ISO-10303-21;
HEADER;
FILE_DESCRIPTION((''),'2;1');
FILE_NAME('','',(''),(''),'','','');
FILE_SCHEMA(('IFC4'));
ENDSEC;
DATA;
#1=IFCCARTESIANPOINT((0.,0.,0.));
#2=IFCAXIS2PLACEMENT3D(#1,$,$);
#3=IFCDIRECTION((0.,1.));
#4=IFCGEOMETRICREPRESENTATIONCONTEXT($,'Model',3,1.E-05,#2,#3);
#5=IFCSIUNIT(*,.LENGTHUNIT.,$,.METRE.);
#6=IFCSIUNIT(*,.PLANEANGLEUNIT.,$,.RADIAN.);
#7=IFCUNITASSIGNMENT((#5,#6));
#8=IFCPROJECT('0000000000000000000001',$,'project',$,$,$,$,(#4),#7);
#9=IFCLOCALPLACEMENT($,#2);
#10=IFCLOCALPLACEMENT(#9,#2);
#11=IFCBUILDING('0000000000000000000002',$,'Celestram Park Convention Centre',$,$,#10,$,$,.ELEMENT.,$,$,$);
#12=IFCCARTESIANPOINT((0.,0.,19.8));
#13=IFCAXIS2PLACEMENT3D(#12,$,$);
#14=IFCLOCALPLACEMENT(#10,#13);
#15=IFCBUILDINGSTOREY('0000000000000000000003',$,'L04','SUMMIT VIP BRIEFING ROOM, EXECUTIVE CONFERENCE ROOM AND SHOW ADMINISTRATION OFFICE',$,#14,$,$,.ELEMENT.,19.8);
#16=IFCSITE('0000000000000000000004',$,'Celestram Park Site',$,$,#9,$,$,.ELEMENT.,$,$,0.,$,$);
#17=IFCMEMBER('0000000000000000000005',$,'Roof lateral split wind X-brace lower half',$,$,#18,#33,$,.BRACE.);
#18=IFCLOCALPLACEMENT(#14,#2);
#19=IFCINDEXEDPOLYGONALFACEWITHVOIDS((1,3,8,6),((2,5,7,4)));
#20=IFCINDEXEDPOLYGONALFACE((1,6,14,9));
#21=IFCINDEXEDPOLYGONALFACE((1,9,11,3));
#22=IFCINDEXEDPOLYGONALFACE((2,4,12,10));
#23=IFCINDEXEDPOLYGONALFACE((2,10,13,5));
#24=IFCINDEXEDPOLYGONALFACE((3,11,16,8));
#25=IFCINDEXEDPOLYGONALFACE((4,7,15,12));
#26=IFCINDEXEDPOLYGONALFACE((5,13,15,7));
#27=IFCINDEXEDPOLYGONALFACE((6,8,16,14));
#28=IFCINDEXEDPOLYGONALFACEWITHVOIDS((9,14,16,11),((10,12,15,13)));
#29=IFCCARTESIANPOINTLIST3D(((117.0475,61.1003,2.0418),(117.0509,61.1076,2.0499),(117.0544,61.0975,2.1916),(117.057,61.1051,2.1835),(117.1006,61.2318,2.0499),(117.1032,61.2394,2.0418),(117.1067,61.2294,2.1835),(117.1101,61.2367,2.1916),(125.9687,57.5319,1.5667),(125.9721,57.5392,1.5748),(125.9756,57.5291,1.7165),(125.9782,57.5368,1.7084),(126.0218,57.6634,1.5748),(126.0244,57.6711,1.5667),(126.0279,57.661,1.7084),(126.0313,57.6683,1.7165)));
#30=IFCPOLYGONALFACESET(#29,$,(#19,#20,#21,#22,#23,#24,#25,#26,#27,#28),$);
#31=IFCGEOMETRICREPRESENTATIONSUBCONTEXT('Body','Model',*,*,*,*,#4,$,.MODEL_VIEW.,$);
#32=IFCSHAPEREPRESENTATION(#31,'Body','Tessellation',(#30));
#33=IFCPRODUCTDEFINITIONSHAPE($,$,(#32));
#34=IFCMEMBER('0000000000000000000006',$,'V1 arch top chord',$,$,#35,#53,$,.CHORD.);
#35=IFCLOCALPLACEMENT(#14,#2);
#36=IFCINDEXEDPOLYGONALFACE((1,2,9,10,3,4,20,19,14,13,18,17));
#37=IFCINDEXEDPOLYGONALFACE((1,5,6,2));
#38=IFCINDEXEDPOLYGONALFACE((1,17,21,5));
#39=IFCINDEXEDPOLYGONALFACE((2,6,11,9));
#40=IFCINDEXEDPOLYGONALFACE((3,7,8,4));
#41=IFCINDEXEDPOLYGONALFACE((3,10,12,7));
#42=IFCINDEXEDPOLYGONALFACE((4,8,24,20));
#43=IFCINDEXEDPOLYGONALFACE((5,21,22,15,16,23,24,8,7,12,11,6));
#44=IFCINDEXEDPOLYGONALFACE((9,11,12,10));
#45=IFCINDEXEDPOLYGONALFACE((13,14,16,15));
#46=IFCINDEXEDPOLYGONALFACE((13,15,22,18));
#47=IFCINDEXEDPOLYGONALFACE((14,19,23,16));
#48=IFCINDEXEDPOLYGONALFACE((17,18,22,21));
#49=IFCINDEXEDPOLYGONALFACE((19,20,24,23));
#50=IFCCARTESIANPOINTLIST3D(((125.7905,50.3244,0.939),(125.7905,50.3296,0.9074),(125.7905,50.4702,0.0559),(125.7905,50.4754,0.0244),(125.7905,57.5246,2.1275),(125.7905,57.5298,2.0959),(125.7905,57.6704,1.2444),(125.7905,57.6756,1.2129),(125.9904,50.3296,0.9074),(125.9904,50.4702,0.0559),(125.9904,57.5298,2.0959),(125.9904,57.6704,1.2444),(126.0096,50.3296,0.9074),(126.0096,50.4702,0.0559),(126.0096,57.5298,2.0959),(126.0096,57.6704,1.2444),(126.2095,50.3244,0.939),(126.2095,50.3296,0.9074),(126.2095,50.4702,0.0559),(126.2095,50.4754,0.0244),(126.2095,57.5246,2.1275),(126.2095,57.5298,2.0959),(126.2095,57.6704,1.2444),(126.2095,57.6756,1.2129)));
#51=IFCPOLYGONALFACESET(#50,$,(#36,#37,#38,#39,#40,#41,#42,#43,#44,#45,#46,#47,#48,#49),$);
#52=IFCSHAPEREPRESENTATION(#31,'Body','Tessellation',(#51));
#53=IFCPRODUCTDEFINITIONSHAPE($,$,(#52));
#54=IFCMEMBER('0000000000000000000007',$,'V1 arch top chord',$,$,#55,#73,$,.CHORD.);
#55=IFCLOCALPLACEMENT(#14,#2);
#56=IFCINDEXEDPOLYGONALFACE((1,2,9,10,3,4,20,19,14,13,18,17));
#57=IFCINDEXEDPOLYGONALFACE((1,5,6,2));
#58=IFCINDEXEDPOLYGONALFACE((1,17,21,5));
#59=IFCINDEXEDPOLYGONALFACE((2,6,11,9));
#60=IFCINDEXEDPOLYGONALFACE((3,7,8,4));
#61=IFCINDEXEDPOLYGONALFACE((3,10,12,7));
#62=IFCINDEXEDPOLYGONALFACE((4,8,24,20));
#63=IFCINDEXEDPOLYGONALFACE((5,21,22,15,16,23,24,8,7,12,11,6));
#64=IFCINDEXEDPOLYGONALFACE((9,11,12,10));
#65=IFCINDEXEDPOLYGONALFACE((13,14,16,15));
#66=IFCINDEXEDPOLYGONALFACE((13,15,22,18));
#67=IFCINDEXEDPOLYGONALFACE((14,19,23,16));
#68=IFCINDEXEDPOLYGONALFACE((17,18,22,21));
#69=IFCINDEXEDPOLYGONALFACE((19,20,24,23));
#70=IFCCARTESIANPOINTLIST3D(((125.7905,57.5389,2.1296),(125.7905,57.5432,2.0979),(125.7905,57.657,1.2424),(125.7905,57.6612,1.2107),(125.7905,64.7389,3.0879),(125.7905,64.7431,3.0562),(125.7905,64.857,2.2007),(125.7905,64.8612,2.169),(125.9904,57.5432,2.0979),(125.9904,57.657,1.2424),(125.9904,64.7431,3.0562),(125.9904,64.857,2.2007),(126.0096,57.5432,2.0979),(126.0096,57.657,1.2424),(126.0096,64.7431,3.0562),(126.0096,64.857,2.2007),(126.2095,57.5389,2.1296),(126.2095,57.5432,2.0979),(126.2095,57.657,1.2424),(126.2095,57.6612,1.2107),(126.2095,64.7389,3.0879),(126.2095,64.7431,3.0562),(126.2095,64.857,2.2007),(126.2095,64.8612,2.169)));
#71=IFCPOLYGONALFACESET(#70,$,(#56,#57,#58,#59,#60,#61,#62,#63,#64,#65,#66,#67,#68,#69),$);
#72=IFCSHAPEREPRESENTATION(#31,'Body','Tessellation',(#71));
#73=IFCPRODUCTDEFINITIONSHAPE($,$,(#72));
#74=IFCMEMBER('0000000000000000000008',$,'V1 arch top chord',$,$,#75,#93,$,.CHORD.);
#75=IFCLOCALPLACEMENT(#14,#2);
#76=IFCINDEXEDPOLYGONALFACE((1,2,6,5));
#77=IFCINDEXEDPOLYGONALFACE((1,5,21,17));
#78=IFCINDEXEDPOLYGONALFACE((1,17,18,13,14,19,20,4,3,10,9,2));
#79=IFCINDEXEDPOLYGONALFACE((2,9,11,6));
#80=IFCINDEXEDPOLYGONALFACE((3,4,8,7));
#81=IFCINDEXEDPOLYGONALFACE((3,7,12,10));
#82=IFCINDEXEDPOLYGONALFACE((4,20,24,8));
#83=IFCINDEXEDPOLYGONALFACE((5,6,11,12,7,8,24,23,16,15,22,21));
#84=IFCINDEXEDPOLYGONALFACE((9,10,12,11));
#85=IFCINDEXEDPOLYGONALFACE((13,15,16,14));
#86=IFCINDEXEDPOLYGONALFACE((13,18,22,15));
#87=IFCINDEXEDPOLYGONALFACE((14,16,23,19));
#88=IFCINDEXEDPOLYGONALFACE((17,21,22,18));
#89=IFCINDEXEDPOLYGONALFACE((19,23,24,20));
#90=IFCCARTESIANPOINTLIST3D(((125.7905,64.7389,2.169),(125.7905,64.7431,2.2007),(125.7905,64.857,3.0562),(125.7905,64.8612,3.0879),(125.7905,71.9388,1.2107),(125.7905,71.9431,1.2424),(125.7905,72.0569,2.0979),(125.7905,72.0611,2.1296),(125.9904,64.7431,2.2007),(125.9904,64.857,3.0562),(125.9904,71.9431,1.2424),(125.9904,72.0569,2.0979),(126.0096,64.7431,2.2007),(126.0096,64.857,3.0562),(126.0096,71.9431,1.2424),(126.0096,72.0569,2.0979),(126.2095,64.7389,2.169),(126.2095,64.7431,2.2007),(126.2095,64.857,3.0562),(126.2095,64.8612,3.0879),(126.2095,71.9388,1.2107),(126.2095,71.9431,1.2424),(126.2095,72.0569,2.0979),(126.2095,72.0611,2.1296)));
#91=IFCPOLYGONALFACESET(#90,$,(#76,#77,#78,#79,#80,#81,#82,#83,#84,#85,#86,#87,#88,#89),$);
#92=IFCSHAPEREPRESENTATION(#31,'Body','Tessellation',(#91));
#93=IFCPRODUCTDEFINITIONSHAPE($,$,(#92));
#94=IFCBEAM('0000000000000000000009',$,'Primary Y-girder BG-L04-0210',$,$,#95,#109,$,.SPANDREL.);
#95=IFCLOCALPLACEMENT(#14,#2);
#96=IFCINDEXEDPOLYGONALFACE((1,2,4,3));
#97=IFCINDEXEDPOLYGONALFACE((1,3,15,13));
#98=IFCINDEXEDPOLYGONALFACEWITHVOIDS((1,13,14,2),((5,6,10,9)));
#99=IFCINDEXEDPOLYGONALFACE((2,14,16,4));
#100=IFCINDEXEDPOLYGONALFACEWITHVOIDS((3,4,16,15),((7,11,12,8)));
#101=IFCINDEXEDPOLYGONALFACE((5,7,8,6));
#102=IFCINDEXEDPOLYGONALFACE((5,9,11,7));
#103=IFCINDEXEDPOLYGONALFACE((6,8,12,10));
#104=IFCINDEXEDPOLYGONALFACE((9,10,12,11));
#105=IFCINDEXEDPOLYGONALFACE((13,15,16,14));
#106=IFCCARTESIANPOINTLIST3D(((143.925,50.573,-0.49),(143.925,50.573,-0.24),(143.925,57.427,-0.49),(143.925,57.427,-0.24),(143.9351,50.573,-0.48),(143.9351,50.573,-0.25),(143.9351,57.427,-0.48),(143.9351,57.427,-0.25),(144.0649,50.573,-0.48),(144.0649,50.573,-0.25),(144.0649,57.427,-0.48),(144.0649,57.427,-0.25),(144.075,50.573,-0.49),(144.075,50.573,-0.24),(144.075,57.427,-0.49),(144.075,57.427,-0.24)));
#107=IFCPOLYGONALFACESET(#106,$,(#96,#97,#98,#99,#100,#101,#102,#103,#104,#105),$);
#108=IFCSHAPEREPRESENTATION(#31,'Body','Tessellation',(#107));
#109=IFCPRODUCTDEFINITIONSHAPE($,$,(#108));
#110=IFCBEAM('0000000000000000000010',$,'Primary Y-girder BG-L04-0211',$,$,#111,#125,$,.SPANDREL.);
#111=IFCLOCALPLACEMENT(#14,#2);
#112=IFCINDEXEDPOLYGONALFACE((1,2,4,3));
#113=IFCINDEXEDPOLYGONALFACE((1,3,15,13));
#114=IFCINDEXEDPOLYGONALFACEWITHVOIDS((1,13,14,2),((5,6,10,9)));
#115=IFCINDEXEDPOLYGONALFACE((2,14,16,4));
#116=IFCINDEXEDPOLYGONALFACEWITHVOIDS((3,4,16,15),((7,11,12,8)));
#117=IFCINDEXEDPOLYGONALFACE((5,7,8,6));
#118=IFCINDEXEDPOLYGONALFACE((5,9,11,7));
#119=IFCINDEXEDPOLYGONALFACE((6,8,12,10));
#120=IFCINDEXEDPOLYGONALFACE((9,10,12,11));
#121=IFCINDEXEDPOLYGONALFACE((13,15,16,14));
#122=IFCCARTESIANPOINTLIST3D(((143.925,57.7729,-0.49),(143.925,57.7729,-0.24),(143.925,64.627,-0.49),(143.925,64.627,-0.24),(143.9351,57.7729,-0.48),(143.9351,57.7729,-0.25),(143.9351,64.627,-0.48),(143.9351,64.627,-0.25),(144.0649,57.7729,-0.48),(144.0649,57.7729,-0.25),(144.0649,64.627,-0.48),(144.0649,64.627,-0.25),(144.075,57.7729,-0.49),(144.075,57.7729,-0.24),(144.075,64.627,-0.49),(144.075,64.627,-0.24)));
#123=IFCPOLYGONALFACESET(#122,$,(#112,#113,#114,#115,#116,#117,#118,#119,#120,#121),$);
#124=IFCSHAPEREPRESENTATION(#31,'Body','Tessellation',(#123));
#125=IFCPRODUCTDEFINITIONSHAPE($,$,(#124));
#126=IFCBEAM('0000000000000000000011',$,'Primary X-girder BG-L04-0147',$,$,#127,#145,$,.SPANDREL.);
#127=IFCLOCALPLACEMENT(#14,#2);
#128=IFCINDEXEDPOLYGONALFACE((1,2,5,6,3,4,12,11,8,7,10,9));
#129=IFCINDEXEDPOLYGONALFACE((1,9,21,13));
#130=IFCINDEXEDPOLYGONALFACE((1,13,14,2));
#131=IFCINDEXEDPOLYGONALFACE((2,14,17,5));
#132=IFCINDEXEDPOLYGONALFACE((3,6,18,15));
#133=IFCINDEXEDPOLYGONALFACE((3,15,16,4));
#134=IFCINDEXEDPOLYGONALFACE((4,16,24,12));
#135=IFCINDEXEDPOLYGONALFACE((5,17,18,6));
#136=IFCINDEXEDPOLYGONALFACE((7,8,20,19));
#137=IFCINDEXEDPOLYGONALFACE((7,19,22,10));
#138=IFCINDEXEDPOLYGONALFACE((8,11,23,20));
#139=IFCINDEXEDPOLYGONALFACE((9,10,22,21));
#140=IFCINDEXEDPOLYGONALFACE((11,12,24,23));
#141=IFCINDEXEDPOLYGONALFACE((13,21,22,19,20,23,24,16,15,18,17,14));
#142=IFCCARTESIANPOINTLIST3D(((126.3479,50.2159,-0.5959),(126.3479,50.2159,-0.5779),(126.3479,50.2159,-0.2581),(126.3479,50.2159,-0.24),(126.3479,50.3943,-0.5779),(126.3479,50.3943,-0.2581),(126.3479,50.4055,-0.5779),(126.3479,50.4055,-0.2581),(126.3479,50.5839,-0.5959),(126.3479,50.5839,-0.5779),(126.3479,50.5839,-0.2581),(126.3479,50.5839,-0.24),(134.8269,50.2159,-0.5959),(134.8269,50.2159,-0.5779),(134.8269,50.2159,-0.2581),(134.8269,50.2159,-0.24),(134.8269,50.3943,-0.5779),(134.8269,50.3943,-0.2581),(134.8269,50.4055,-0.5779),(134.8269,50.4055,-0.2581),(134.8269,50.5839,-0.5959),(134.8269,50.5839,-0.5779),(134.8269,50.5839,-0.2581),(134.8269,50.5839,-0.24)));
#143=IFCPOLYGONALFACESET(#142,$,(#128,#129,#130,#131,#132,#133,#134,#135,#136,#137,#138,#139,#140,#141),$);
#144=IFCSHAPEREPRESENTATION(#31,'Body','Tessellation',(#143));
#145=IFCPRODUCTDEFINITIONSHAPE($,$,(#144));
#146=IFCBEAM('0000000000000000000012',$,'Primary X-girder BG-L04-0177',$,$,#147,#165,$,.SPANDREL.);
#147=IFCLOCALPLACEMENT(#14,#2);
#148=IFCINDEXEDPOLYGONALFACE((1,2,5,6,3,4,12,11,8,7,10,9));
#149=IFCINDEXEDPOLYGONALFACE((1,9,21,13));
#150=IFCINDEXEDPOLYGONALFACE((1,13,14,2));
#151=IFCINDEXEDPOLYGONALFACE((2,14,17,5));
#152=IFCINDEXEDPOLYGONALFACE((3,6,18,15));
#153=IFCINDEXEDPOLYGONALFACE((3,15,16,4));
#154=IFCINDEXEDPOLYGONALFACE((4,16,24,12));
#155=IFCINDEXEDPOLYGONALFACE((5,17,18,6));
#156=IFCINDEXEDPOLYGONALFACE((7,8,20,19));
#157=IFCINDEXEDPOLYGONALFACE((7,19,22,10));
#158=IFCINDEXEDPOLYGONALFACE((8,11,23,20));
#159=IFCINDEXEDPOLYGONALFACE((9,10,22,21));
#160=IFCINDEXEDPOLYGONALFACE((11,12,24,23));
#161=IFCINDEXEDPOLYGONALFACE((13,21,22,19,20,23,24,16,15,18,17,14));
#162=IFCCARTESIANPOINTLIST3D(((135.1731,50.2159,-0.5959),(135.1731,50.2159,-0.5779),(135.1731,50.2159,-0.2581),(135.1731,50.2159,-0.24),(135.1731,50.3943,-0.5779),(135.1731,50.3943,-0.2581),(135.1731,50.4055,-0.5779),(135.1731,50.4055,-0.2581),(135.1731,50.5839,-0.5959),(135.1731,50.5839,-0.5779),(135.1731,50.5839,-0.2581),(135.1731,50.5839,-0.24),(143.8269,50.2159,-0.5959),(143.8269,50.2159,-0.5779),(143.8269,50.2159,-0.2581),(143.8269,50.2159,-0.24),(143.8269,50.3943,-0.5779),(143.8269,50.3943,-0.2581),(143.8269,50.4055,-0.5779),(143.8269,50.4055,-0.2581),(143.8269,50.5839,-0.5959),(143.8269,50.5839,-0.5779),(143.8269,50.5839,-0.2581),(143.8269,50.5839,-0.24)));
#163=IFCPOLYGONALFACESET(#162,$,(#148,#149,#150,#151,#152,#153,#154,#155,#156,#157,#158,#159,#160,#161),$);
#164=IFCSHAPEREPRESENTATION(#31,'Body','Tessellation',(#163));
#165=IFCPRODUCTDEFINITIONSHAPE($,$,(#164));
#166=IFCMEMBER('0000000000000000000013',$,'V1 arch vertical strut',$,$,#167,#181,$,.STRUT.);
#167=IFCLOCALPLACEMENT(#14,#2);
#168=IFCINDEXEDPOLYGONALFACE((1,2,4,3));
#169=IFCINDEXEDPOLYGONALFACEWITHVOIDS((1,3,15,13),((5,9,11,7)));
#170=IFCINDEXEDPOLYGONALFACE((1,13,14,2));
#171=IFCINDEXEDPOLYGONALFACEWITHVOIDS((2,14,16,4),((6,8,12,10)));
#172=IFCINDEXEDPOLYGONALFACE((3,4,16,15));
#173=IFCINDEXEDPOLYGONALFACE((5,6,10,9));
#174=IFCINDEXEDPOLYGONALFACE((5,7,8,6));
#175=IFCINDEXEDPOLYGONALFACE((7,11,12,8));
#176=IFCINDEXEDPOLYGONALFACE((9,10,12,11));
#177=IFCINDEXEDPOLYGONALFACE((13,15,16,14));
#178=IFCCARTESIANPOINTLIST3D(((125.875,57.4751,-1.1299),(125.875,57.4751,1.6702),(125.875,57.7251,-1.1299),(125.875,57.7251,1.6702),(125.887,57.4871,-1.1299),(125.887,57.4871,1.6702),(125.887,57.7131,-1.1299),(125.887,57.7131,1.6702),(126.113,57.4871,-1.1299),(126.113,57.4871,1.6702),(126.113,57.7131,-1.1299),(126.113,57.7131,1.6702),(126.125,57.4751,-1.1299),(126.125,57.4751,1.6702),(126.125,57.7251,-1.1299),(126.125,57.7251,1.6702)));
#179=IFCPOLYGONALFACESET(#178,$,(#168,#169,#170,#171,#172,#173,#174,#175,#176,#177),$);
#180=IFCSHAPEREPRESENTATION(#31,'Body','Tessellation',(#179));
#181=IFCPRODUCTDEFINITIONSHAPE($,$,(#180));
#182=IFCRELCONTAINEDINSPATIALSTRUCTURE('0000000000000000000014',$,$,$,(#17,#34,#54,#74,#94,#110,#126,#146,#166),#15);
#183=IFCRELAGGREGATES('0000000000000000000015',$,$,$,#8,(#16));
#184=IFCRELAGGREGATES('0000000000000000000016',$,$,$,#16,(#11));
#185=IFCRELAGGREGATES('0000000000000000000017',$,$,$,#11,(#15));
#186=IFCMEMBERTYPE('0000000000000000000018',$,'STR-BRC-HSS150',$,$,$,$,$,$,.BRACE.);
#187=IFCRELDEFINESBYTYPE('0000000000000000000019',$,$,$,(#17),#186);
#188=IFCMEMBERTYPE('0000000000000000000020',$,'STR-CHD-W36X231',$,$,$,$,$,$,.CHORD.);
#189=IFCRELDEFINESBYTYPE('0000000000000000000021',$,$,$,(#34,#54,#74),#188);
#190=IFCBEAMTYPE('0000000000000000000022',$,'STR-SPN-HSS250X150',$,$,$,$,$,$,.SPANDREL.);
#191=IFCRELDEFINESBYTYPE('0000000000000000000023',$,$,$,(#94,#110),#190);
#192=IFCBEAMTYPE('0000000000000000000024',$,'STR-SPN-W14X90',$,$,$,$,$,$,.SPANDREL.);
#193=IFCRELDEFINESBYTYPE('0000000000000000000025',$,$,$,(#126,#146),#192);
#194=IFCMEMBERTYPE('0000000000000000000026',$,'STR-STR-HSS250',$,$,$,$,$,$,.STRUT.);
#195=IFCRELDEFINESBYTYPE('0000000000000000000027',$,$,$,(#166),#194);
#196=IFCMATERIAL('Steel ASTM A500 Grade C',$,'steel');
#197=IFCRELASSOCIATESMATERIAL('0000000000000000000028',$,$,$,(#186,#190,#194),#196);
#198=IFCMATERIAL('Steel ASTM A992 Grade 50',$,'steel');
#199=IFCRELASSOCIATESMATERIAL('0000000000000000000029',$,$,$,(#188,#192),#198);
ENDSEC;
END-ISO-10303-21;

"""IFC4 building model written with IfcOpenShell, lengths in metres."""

from ifc_helpers import new_model, si_unit, direction, frame, origin, origin_2d, place, context, subcontext, project, spatial, hollow_rectangle, i_section, extrude, material, material_profile, profile_set, type_object, element, save


model = new_model("IFC4")

# Units and contexts
model_context = context("Model", 3, precision=1e-05, world=origin(), true_north=direction((0.0, 1.0)))
body_context = subcontext(model_context, "Body", "Model", "MODEL_VIEW")
ifc_project = project(units=[si_unit("LENGTHUNIT", "METRE"), si_unit("PLANEANGLEUNIT", "RADIAN")], contexts=[model_context])

# Site, building, storey
site_placement = place(None, origin())
site = spatial("IfcSite", under=ifc_project, at=site_placement, Name="Celestram Park Site", CompositionType="ELEMENT", RefElevation=0.0)
building_placement = place(site_placement, origin())
building = spatial("IfcBuilding", under=site, at=building_placement, Name="Celestram Park Convention Centre", CompositionType="ELEMENT")
storey_placement = place(building_placement, frame((0.0, 0.0, 19.8)))
storey = spatial("IfcBuildingStorey", under=building, at=storey_placement, Name="L04", Description="SUMMIT VIP BRIEFING ROOM, EXECUTIVE CONFERENCE ROOM AND SHOW ADMINISTRATION OFFICE", CompositionType="ELEMENT", Elevation=19.8)

# Shared definitions
ifc_material_1 = material(Name="Steel ASTM A992 Grade 50", Category="steel")

# Members
ifc_material_2 = material(Name="Steel ASTM A500 Grade C", Category="steel")
ifc_material_profile_1 = material_profile(ifc_material_2, hollow_rectangle(XDim=0.1499, YDim=0.1499, WallThickness=0.0081, at=origin_2d()), Name="HSS150X150X8")
ifc_profile_set_1 = profile_set([ifc_material_profile_1], Name="Steel ASTM A500 Grade C")
member_type_1 = type_object("IfcMemberType", Name="STR-BRC-HSS150", PredefinedType="BRACE", material=ifc_profile_set_1)
member_1_placement = place(storey_placement, frame((126.0, 57.6001, 1.6416), z_axis=(-0.927347, 0.370929, 0.049386), x_axis=(-0.371382, -0.92848, 0.0)))
element("IfcMember", 1, at=member_1_placement, inside=storey, type_object=member_type_1, Name="Roof lateral split wind X-brace lower half", PredefinedType="BRACE", context=body_context, shape_type="SweptSolid", body=[
    extrude(hollow_rectangle(XDim=0.1499, YDim=0.1499, WallThickness=0.0081, at=origin_2d()), origin(), (0.0, 0.0, 1.0), 9.6201),
])
ifc_material_profile_2 = material_profile(ifc_material_1, i_section(OverallWidth=0.4189, OverallDepth=0.927, WebThickness=0.0193, FlangeThickness=0.032, at=origin_2d()), Name="W36X231")
ifc_profile_set_2 = profile_set([ifc_material_profile_2], Name="Steel ASTM A992 Grade 50")
member_type_2 = type_object("IfcMemberType", Name="STR-CHD-W36X231", PredefinedType="CHORD", material=ifc_profile_set_2)
member_2_placement = place(storey_placement, frame((126.0, 50.3999, 0.4817), z_axis=(0.0, 0.98665, 0.162858), x_axis=(-1.0, 0.0, 0.0)))
element("IfcMember", 2, at=member_2_placement, inside=storey, type_object=member_type_2, Name="V1 arch top chord", PredefinedType="CHORD", context=body_context, shape_type="SweptSolid", body=[
    extrude(i_section(OverallWidth=0.4189, OverallDepth=0.927, WebThickness=0.0193, FlangeThickness=0.032, at=origin_2d()), origin(), (0.0, 0.0, 1.0), 7.2976),
])
for number, where, z_axis, x_axis, name in (
    (3, (126.0, 57.6001, 1.6702), (0.0, 0.991259, 0.131928), (-1.0, 0.0, 0.0), "V1 arch top chord"),
    (4, (126.0, 64.8, 2.6284), (0.0, 0.991259, -0.131928), (-1.0, 0.0, 0.0), "V1 arch top chord"),
):
    element("IfcMember", number, at=place(storey_placement, frame(where, z_axis=z_axis, x_axis=x_axis)), inside=storey, type_object=member_type_2, Name=name, PredefinedType="CHORD", context=body_context, shape_type="SweptSolid", body=[
        extrude(i_section(OverallWidth=0.4189, OverallDepth=0.927, WebThickness=0.0193, FlangeThickness=0.032, at=origin_2d()), origin(), (0.0, 0.0, 1.0), 7.2634),
    ])

# Beams
ifc_material_profile_3 = material_profile(ifc_material_2, hollow_rectangle(XDim=0.1499, YDim=0.25, WallThickness=0.01, at=origin_2d()), Name="HSS250X150X10")
ifc_profile_set_3 = profile_set([ifc_material_profile_3], Name="Steel ASTM A500 Grade C")
beam_type_1 = type_object("IfcBeamType", Name="STR-SPN-HSS250X150", PredefinedType="SPANDREL", material=ifc_profile_set_3)
for number, where, z_axis, x_axis, name in (
    (5, (144.0, 50.573, -0.365), (0.0, 1.0, 0.0), (-1.0, 0.0, 0.0), "Primary Y-girder BG-L04-0210"),
    (6, (144.0, 57.7729, -0.365), (0.0, 1.0, 0.0), (-1.0, 0.0, 0.0), "Primary Y-girder BG-L04-0211"),
):
    element("IfcBeam", number, at=place(storey_placement, frame(where, z_axis=z_axis, x_axis=x_axis)), inside=storey, type_object=beam_type_1, Name=name, PredefinedType="SPANDREL", context=body_context, shape_type="SweptSolid", body=[
        extrude(hollow_rectangle(XDim=0.1499, YDim=0.25, WallThickness=0.01, at=origin_2d()), origin(), (0.0, 0.0, 1.0), 6.854),
    ])
ifc_material_profile_4 = material_profile(ifc_material_1, i_section(OverallWidth=0.3679, OverallDepth=0.356, WebThickness=0.0112, FlangeThickness=0.0181, at=origin_2d()), Name="W14X90")
ifc_profile_set_4 = profile_set([ifc_material_profile_4], Name="Steel ASTM A992 Grade 50")
beam_type_2 = type_object("IfcBeamType", Name="STR-SPN-W14X90", PredefinedType="SPANDREL", material=ifc_profile_set_4)
beam_1_placement = place(storey_placement, frame((126.3479, 50.3999, -0.418), z_axis=(1.0, 0.0, 0.0), x_axis=(0.0, 1.0, 0.0)))
element("IfcBeam", 7, at=beam_1_placement, inside=storey, type_object=beam_type_2, Name="Primary X-girder BG-L04-0147", PredefinedType="SPANDREL", context=body_context, shape_type="SweptSolid", body=[
    extrude(i_section(OverallWidth=0.3679, OverallDepth=0.356, WebThickness=0.0112, FlangeThickness=0.0181, at=origin_2d()), origin(), (0.0, 0.0, 1.0), 8.479),
])
beam_2_placement = place(storey_placement, frame((135.1731, 50.3999, -0.418), z_axis=(1.0, 0.0, 0.0), x_axis=(0.0, 1.0, 0.0)))
element("IfcBeam", 8, at=beam_2_placement, inside=storey, type_object=beam_type_2, Name="Primary X-girder BG-L04-0177", PredefinedType="SPANDREL", context=body_context, shape_type="SweptSolid", body=[
    extrude(i_section(OverallWidth=0.3679, OverallDepth=0.356, WebThickness=0.0112, FlangeThickness=0.0181, at=origin_2d()), origin(), (0.0, 0.0, 1.0), 8.6538),
])

# Member
ifc_material_profile_5 = material_profile(ifc_material_2, hollow_rectangle(XDim=0.25, YDim=0.25, WallThickness=0.012, at=origin_2d()), Name="HSS250X250X12")
ifc_profile_set_5 = profile_set([ifc_material_profile_5], Name="Steel ASTM A500 Grade C")
member_type_3 = type_object("IfcMemberType", Name="STR-STR-HSS250", PredefinedType="STRUT", material=ifc_profile_set_5)
for number, where, z_axis, x_axis, name in (
    (9, (126.0, 57.6001, -1.1299), (0.0, 0.0, 1.0), (1.0, 0.0, 0.0), "V1 arch vertical strut"),
):
    element("IfcMember", number, at=place(storey_placement, frame(where, z_axis=z_axis, x_axis=x_axis)), inside=storey, type_object=member_type_3, Name=name, PredefinedType="STRUT", context=body_context, shape_type="SweptSolid", body=[
        extrude(hollow_rectangle(XDim=0.25, YDim=0.25, WallThickness=0.012, at=origin_2d()), origin(), (0.0, 0.0, 1.0), 2.8),
    ])

save(model, "model.ifc")
